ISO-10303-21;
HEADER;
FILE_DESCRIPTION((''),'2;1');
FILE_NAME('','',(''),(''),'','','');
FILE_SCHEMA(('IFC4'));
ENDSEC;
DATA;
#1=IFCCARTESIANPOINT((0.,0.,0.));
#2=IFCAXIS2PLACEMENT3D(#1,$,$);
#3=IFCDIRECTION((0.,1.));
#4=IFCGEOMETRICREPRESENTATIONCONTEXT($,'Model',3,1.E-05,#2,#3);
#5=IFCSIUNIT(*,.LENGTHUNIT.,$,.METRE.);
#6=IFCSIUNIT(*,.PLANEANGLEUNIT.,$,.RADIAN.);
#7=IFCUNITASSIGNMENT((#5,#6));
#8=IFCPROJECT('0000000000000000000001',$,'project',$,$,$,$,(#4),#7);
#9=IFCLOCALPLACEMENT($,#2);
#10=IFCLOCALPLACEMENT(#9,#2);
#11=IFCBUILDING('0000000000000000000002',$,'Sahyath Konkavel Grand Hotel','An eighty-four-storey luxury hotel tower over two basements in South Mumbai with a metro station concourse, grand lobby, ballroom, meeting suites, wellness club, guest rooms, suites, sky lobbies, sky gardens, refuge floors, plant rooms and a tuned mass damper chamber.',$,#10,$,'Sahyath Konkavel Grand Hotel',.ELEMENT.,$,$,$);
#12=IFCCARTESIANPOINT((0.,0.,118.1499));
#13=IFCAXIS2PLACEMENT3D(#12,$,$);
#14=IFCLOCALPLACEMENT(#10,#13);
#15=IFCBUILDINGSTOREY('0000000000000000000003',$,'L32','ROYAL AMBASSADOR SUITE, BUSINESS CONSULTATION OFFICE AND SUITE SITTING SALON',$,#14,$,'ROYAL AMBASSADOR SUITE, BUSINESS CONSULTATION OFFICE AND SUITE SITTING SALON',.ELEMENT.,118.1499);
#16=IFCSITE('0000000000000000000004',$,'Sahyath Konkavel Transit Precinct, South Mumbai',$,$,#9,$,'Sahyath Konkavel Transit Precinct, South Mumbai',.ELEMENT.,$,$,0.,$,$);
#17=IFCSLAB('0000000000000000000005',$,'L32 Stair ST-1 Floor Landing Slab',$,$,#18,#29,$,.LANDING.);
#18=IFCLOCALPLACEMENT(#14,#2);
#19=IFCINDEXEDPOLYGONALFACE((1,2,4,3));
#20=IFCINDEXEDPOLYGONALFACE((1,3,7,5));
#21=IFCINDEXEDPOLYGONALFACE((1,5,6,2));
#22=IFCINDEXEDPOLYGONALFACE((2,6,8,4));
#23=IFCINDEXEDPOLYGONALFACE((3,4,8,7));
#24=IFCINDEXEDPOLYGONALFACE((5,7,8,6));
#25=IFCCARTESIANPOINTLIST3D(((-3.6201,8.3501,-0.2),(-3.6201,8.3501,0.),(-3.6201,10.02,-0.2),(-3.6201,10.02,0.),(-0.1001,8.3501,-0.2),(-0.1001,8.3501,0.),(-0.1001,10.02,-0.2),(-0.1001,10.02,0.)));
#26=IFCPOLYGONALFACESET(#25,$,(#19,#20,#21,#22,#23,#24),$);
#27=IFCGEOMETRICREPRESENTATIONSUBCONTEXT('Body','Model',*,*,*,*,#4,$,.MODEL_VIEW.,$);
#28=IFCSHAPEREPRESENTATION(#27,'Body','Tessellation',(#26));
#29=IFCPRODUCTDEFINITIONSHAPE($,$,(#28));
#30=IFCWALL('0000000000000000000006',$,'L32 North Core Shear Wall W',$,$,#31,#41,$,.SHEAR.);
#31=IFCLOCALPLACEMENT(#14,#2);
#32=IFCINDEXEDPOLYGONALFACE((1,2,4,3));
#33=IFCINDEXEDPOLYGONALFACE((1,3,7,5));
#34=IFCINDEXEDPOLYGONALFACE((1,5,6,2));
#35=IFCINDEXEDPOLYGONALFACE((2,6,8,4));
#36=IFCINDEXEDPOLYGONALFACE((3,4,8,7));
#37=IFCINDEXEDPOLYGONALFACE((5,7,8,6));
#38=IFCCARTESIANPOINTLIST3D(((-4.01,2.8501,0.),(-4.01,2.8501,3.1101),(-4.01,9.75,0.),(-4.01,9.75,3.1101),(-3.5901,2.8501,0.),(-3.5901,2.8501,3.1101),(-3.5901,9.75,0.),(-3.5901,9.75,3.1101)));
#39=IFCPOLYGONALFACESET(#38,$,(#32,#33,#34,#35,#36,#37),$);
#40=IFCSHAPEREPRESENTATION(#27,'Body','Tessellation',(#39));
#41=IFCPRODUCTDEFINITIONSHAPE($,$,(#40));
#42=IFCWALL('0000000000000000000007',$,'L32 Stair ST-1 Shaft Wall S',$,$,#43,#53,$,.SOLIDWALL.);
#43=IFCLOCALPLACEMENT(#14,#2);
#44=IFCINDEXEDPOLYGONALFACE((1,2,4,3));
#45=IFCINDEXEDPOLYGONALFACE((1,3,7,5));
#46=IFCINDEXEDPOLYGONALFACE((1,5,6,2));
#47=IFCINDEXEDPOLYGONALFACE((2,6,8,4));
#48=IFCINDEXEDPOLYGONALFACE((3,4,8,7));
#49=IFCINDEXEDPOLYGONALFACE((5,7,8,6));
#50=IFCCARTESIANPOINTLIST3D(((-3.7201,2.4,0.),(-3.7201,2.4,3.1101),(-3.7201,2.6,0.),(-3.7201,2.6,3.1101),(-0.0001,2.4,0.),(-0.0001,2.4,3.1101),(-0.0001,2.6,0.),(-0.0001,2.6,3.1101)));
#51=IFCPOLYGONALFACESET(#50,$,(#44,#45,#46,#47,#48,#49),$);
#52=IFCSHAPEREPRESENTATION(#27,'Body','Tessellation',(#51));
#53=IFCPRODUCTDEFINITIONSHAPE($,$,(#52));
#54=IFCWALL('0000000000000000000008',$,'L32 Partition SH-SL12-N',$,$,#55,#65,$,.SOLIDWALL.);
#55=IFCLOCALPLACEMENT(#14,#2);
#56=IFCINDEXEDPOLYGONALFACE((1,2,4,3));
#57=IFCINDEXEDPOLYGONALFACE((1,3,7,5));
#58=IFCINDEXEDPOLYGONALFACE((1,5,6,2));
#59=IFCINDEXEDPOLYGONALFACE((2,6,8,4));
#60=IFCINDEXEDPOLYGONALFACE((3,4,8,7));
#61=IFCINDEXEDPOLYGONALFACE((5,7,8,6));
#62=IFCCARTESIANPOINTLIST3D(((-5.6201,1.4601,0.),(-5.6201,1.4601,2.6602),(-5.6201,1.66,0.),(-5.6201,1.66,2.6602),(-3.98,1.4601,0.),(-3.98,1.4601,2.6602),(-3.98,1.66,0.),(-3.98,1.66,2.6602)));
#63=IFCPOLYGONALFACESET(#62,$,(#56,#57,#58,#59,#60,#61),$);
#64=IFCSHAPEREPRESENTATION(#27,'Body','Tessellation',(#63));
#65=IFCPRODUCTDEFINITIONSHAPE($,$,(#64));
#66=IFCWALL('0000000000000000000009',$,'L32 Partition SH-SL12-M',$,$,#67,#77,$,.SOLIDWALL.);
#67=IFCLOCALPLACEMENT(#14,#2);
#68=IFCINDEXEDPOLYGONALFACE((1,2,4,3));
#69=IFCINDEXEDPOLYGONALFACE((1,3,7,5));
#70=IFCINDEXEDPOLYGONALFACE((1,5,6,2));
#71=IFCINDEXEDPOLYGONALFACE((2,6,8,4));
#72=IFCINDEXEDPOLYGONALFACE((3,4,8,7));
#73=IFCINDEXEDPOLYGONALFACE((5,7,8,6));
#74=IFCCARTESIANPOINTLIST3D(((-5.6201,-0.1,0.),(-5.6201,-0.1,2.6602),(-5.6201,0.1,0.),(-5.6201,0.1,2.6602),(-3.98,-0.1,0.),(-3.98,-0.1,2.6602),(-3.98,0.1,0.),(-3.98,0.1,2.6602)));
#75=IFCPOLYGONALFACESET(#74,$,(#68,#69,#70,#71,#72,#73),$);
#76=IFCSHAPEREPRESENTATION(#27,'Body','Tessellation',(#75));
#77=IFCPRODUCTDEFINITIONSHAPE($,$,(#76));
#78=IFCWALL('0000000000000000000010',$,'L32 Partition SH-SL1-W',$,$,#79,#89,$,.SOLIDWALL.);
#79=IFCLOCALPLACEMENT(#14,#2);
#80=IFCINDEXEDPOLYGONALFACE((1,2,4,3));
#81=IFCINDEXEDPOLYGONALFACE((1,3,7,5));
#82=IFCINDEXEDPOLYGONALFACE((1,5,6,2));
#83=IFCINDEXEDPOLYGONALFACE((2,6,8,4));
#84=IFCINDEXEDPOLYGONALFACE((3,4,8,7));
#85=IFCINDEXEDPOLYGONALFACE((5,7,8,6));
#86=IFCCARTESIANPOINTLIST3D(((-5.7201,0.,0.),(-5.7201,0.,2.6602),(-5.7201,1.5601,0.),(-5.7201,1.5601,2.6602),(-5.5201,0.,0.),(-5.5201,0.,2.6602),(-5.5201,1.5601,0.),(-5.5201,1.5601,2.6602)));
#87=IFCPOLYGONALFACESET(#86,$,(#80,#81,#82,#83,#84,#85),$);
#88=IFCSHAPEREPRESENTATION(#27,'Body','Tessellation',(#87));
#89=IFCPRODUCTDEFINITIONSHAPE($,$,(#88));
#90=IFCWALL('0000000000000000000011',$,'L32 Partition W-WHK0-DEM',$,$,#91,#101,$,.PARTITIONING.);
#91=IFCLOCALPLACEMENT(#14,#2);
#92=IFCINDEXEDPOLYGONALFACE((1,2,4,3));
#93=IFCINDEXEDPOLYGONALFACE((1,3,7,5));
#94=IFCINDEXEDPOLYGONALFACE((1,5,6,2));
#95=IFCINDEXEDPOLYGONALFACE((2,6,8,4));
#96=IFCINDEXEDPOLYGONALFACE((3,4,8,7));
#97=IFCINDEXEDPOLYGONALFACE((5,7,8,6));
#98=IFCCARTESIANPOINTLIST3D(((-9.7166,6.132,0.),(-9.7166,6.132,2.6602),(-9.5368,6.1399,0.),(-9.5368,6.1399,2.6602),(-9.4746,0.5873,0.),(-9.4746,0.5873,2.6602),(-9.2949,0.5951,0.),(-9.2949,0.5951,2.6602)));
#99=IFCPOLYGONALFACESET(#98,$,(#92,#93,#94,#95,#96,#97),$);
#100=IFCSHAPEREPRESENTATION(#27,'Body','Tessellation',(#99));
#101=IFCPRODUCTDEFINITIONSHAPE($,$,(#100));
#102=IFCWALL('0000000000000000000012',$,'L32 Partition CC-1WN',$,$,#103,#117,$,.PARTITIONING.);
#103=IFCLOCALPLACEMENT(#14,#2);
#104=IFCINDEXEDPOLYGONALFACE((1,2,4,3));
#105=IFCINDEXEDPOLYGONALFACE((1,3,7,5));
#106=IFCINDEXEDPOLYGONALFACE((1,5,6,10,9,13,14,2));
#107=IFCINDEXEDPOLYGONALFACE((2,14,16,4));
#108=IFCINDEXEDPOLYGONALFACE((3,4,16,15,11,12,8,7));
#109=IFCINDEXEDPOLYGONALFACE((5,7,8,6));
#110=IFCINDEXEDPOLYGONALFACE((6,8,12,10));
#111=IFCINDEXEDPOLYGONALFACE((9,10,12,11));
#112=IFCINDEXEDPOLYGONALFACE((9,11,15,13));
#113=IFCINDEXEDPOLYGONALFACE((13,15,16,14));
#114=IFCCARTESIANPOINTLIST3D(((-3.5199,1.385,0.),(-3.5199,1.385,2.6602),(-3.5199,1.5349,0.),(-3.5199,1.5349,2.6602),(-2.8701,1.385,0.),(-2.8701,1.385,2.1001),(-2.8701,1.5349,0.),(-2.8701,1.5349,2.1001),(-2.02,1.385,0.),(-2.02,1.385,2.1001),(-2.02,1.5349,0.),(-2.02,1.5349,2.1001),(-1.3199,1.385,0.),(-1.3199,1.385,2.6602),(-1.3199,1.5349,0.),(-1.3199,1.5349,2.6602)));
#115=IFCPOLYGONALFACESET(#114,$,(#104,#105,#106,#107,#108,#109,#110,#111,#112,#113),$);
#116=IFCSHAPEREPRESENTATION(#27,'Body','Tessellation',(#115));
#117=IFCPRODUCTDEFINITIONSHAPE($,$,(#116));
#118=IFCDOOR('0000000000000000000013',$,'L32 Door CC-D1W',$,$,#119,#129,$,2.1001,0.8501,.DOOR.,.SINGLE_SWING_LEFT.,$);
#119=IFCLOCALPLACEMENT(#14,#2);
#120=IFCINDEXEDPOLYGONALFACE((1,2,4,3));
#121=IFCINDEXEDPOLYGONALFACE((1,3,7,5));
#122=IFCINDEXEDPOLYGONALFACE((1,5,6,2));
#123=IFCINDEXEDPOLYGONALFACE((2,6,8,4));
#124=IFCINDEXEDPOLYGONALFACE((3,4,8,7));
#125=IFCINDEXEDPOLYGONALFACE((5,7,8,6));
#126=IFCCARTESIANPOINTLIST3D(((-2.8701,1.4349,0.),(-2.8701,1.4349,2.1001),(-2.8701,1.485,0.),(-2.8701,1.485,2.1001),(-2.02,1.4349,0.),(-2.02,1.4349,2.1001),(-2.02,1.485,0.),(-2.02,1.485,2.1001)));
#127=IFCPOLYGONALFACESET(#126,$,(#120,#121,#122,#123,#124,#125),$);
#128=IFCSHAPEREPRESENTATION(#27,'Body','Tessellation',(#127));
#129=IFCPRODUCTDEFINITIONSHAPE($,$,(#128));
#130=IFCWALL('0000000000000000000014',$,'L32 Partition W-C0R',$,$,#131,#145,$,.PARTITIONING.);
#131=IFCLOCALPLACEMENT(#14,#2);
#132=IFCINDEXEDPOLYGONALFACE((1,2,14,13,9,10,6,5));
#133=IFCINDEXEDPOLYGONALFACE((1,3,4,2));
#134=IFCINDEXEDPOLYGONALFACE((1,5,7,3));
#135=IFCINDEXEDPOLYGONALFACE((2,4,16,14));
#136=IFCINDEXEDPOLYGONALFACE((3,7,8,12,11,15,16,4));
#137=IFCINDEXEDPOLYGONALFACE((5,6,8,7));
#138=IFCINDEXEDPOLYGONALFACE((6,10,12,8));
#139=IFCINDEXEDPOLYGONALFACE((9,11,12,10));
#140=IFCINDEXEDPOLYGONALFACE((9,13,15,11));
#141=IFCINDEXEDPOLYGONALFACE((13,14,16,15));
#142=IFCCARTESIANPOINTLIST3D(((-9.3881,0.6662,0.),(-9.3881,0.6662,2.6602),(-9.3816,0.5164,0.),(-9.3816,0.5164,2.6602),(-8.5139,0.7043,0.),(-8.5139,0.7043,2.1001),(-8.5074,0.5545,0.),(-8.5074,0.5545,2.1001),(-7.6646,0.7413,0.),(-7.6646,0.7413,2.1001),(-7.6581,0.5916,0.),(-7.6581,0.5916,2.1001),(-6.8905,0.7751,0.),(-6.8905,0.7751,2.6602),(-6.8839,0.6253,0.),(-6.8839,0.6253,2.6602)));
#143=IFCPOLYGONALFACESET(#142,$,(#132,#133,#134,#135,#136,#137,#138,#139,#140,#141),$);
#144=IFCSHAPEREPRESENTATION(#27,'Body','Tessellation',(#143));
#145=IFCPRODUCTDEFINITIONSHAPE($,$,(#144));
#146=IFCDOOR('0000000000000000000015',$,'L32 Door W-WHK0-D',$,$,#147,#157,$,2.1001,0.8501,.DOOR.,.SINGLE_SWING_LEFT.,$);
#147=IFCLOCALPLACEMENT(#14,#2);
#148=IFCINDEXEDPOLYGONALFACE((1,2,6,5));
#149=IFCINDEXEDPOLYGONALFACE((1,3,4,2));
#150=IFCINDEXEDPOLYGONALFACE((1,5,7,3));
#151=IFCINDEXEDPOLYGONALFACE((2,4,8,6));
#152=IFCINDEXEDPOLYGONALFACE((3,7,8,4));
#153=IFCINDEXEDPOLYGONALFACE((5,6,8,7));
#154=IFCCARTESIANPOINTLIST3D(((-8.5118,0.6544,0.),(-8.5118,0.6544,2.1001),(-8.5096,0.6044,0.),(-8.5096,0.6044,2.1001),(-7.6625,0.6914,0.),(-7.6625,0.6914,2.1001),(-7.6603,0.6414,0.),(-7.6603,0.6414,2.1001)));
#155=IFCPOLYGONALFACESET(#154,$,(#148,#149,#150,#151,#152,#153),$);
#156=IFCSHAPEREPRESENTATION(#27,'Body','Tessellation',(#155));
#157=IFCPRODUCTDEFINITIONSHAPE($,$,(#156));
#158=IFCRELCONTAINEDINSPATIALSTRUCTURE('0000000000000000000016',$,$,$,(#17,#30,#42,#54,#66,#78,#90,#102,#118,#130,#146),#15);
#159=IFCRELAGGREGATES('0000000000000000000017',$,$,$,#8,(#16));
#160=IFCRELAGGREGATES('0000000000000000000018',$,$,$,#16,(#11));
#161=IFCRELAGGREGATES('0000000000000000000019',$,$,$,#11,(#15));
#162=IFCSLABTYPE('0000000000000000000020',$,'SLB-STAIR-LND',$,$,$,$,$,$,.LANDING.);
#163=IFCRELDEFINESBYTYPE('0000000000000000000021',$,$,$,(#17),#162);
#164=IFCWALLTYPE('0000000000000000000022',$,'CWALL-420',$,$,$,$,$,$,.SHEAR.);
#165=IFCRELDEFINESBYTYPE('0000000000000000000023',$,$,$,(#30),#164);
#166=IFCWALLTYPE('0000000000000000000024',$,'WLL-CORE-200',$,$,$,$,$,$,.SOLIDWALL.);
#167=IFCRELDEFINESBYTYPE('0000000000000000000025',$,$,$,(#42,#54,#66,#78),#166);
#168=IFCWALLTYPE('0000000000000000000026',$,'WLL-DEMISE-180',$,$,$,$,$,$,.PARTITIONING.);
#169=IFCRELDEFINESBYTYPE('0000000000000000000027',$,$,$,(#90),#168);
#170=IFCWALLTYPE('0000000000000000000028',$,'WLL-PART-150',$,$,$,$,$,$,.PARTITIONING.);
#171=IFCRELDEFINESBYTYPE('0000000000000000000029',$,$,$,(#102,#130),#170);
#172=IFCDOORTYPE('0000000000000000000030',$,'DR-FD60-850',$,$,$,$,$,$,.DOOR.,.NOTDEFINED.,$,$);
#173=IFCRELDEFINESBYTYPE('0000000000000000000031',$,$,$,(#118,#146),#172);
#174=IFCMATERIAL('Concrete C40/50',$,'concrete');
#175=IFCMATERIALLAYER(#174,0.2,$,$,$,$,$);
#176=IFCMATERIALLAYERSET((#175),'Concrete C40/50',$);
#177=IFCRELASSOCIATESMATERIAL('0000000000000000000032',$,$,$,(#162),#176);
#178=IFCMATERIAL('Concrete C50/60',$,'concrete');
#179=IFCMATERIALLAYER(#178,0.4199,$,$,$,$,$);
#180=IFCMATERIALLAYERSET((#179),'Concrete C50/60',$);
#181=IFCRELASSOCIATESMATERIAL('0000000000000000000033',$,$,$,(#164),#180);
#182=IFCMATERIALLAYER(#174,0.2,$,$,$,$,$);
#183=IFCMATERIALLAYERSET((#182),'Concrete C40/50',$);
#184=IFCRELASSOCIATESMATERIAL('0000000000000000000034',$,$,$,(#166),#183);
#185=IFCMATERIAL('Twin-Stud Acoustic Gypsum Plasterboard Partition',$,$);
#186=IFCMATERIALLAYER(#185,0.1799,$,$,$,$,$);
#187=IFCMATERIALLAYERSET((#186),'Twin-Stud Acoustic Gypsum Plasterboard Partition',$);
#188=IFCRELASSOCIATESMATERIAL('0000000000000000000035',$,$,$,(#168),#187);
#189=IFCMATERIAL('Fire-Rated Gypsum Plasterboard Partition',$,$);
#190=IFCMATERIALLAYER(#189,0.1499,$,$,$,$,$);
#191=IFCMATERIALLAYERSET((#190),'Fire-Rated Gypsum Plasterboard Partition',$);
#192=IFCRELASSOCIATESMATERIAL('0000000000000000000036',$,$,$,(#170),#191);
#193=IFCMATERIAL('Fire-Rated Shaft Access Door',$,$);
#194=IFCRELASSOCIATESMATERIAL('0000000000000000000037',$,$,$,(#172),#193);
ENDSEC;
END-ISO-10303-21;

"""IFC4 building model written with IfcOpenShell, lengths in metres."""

from ifc_helpers import new_model, si_unit, direction, frame, frame_2d, origin, origin_2d, place, context, subcontext, project, spatial, polyline, rectangle, outline, extrude, source, transform, mapped, material, layer, layer_set, type_object, element, fill, save


model = new_model("IFC4")

# Units and contexts
model_context = context("Model", 3, precision=1e-05, world=origin(), true_north=direction((0.0, 1.0)))
body_context = subcontext(model_context, "Body", "Model", "MODEL_VIEW")
ifc_project = project(units=[si_unit("LENGTHUNIT", "METRE"), si_unit("PLANEANGLEUNIT", "RADIAN")], contexts=[model_context])

# Site, building, storey
site_placement = place(None, origin())
site = spatial("IfcSite", under=ifc_project, at=site_placement, Name="Sahyath Konkavel Transit Precinct, South Mumbai", LongName="Sahyath Konkavel Transit Precinct, South Mumbai", CompositionType="ELEMENT", RefElevation=0.0)
building_placement = place(site_placement, origin())
building = spatial("IfcBuilding", under=site, at=building_placement, Name="Sahyath Konkavel Grand Hotel", Description="An eighty-four-storey luxury hotel tower over two basements in South Mumbai with a metro station concourse, grand lobby, ballroom, meeting suites, wellness club, guest rooms, suites, sky lobbies, sky gardens, refuge floors, plant rooms and a tuned mass damper chamber.", LongName="Sahyath Konkavel Grand Hotel", CompositionType="ELEMENT")
storey_placement = place(building_placement, frame((0.0, 0.0, 118.1499)))
storey = spatial("IfcBuildingStorey", under=building, at=storey_placement, Name="L32", Description="ROYAL AMBASSADOR SUITE, BUSINESS CONSULTATION OFFICE AND SUITE SITTING SALON", LongName="ROYAL AMBASSADOR SUITE, BUSINESS CONSULTATION OFFICE AND SUITE SITTING SALON", CompositionType="ELEMENT", Elevation=118.1499)

# Shared definitions
ifc_material_1 = material(Name="Concrete C50/60", Category="concrete")

# Shared definitions
ifc_material_2 = material(Name="Concrete C40/50", Category="concrete")

# Shared definitions
ifc_layer_1 = layer(ifc_material_2, 0.2)
ifc_layer_set_1 = layer_set([ifc_layer_1], Name="Concrete C40/50")
slab_type_1 = type_object("IfcSlabType", Name="SLB-STAIR-LND", PredefinedType="LANDING", material=ifc_layer_set_1)

# Slab
slab_1_placement = place(storey_placement, frame((0.0, 0.0, -0.2)))
element("IfcSlab", 1, at=slab_1_placement, inside=storey, type_object=slab_type_1, Name="L32 Stair ST-1 Floor Landing Slab", PredefinedType="LANDING", context=body_context, shape_type="SweptSolid", body=[
    extrude(outline(polyline([(-3.6201, 8.3501), (-0.1001, 8.3501), (-0.1001, 10.02), (-3.6201, 10.02), (-3.6201, 8.3501)])), origin(), (0.0, 0.0, 1.0), 0.2),
])

# Walls
ifc_layer_2 = layer(ifc_material_1, 0.4199)
ifc_layer_set_2 = layer_set([ifc_layer_2], Name="Concrete C50/60")
wall_type_1 = type_object("IfcWallType", Name="CWALL-420", PredefinedType="SHEAR", material=ifc_layer_set_2)
wall_1_placement = place(storey_placement, frame((-3.8, 2.8501, 0.0), z_axis=(0.0, 0.0, 1.0), x_axis=(0.0, 1.0, 0.0)))
element("IfcWall", 2, at=wall_1_placement, inside=storey, type_object=wall_type_1, Name="L32 North Core Shear Wall W", PredefinedType="SHEAR", context=body_context, shape_type="SweptSolid", body=[
    extrude(rectangle(XDim=6.8999, YDim=0.4199, at=frame_2d((3.45, 0.0))), origin(), (0.0, 0.0, 1.0), 3.1101),
])
ifc_layer_3 = layer(ifc_material_2, 0.2)
ifc_layer_set_3 = layer_set([ifc_layer_3], Name="Concrete C40/50")
wall_type_2 = type_object("IfcWallType", Name="WLL-CORE-200", PredefinedType="SOLIDWALL", material=ifc_layer_set_3)
wall_2_placement = place(storey_placement, frame((-3.72, 2.5, 0.0), z_axis=(0.0, 0.0, 1.0), x_axis=(1.0, 0.0, 0.0)))
element("IfcWall", 3, at=wall_2_placement, inside=storey, type_object=wall_type_2, Name="L32 Stair ST-1 Shaft Wall S", PredefinedType="SOLIDWALL", context=body_context, shape_type="SweptSolid", body=[
    extrude(rectangle(XDim=3.72, YDim=0.2, at=frame_2d((1.8599, 0.0))), origin(), (0.0, 0.0, 1.0), 3.1101),
])
for number, where, z_axis, x_axis, name in (
    (4, (-5.6201, 1.5601, 0.0), (0.0, 0.0, 1.0), (1.0, 0.0, 0.0), "L32 Partition SH-SL12-N"),
    (5, (-5.6201, 0.0, 0.0), (0.0, 0.0, 1.0), (1.0, 0.0, 0.0), "L32 Partition SH-SL12-M"),
):
    element("IfcWall", number, at=place(storey_placement, frame(where, z_axis=z_axis, x_axis=x_axis)), inside=storey, type_object=wall_type_2, Name=name, PredefinedType="SOLIDWALL", context=body_context, shape_type="SweptSolid", body=[
        extrude(rectangle(XDim=1.6401, YDim=0.2, at=frame_2d((0.8201, 0.0))), origin(), (0.0, 0.0, 1.0), 2.6602),
    ])
wall_3_placement = place(storey_placement, frame((-5.6201, 0.0, 0.0), z_axis=(0.0, 0.0, 1.0), x_axis=(0.0, 1.0, 0.0)))
element("IfcWall", 6, at=wall_3_placement, inside=storey, type_object=wall_type_2, Name="L32 Partition SH-SL1-W", PredefinedType="SOLIDWALL", context=body_context, shape_type="SweptSolid", body=[
    extrude(rectangle(XDim=1.5601, YDim=0.2, at=frame_2d((0.78, 0.0))), origin(), (0.0, 0.0, 1.0), 2.6602),
])
ifc_material_3 = material(Name="Twin-Stud Acoustic Gypsum Plasterboard Partition")
ifc_layer_4 = layer(ifc_material_3, 0.1799)
ifc_layer_set_4 = layer_set([ifc_layer_4], Name="Twin-Stud Acoustic Gypsum Plasterboard Partition")
wall_type_3 = type_object("IfcWallType", Name="WLL-DEMISE-180", PredefinedType="PARTITIONING", material=ifc_layer_set_4)
wall_4_placement = place(storey_placement, frame((-9.3848, 0.5913, 0.0), z_axis=(0.0, 0.0, 1.0), x_axis=(-0.043594, 0.999049, 0.0)))
element("IfcWall", 7, at=wall_4_placement, inside=storey, type_object=wall_type_3, Name="L32 Partition W-WHK0-DEM", PredefinedType="PARTITIONING", context=body_context, shape_type="SweptSolid", body=[
    extrude(rectangle(XDim=5.55, YDim=0.1799, at=frame_2d((2.7749, 0.0))), origin(), (0.0, 0.0, 1.0), 2.6602),
])

# Walls, openings, doors
ifc_material_4 = material(Name="Fire-Rated Gypsum Plasterboard Partition")
ifc_layer_5 = layer(ifc_material_4, 0.1499)
ifc_layer_set_5 = layer_set([ifc_layer_5], Name="Fire-Rated Gypsum Plasterboard Partition")
wall_type_4 = type_object("IfcWallType", Name="WLL-PART-150", PredefinedType="PARTITIONING", material=ifc_layer_set_5)
wall_5_placement = place(storey_placement, frame((-3.52, 1.46, 0.0), z_axis=(0.0, 0.0, 1.0), x_axis=(1.0, 0.0, 0.0)))
wall_5 = element("IfcWall", 8, at=wall_5_placement, inside=storey, type_object=wall_type_4, Name="L32 Partition CC-1WN", PredefinedType="PARTITIONING", context=body_context, shape_type="SweptSolid", body=[
    extrude(rectangle(XDim=2.2, YDim=0.1499, at=frame_2d((1.1001, 0.0))), origin(), (0.0, 0.0, 1.0), 2.6602),
])
opening_1_placement = place(wall_5_placement, frame((0.6499, 0.0, 0.0)))
opening_1 = element("IfcOpeningElement", 9, at=opening_1_placement, cuts=wall_5, PredefinedType="OPENING", context=body_context, shape_type="SweptSolid", body=[
    extrude(rectangle(XDim=0.8501, YDim=2.1001, at=frame_2d((0.425, 1.05))), frame((0.0, 0.085, 0.0), z_axis=(0.0, -1.0, 0.0), x_axis=(1.0, 0.0, 0.0)), (0.0, 0.0, 1.0), 0.1699),
])
ifc_material_5 = material(Name="Fire-Rated Shaft Access Door")
door_type_1 = type_object("IfcDoorType", Name="DR-FD60-850", OperationType="NOTDEFINED", PredefinedType="DOOR", material=ifc_material_5)
shared_shape_1 = source(origin(), body_context, "Body", "SweptSolid", [
    extrude(rectangle(XDim=0.8501, YDim=0.05, at=origin_2d()), origin(), (0.0, 0.0, 1.0), 2.1001),
])
door_1_placement = place(opening_1_placement, frame((0.425, 0.0, 0.0)))
door_1 = element("IfcDoor", 10, at=door_1_placement, inside=storey, type_object=door_type_1, Name="L32 Door CC-D1W", OperationType="SINGLE_SWING_LEFT", OverallHeight=2.1001, OverallWidth=0.8501, PredefinedType="DOOR", context=body_context, shape_type="MappedRepresentation", body=[
    mapped(shared_shape_1, transform((0.0, 0.0, 0.0), scale=1.0)),
])
fill(opening_1, door_1)
wall_6_placement = place(storey_placement, frame((-6.8872, 0.7002, 0.0), z_axis=(0.0, 0.0, 1.0), x_axis=(-0.999051, -0.043556, 0.0)))
wall_6 = element("IfcWall", 11, at=wall_6_placement, inside=storey, type_object=wall_type_4, Name="L32 Partition W-C0R", PredefinedType="PARTITIONING", context=body_context, shape_type="SweptSolid", body=[
    extrude(rectangle(XDim=2.5, YDim=0.1499, at=frame_2d((1.25, 0.0))), origin(), (0.0, 0.0, 1.0), 2.6602),
])
opening_2_placement = place(wall_6_placement, frame((0.7749, 0.0, 0.0)))
opening_2 = element("IfcOpeningElement", 12, at=opening_2_placement, cuts=wall_6, PredefinedType="OPENING", context=body_context, shape_type="SweptSolid", body=[
    extrude(rectangle(XDim=0.8501, YDim=2.1001, at=frame_2d((0.425, 1.05))), frame((0.0, 0.085, 0.0), z_axis=(0.0, -1.0, 0.0), x_axis=(1.0, 0.0, 0.0)), (0.0, 0.0, 1.0), 0.1699),
])
door_2_placement = place(opening_2_placement, frame((0.425, 0.0, 0.0)))
door_2 = element("IfcDoor", 13, at=door_2_placement, inside=storey, type_object=door_type_1, Name="L32 Door W-WHK0-D", OperationType="SINGLE_SWING_LEFT", OverallHeight=2.1001, OverallWidth=0.8501, PredefinedType="DOOR", context=body_context, shape_type="MappedRepresentation", body=[
    mapped(shared_shape_1, transform((0.0, 0.0, 0.0), scale=1.0)),
])
fill(opening_2, door_2)

save(model, "model.ifc")
